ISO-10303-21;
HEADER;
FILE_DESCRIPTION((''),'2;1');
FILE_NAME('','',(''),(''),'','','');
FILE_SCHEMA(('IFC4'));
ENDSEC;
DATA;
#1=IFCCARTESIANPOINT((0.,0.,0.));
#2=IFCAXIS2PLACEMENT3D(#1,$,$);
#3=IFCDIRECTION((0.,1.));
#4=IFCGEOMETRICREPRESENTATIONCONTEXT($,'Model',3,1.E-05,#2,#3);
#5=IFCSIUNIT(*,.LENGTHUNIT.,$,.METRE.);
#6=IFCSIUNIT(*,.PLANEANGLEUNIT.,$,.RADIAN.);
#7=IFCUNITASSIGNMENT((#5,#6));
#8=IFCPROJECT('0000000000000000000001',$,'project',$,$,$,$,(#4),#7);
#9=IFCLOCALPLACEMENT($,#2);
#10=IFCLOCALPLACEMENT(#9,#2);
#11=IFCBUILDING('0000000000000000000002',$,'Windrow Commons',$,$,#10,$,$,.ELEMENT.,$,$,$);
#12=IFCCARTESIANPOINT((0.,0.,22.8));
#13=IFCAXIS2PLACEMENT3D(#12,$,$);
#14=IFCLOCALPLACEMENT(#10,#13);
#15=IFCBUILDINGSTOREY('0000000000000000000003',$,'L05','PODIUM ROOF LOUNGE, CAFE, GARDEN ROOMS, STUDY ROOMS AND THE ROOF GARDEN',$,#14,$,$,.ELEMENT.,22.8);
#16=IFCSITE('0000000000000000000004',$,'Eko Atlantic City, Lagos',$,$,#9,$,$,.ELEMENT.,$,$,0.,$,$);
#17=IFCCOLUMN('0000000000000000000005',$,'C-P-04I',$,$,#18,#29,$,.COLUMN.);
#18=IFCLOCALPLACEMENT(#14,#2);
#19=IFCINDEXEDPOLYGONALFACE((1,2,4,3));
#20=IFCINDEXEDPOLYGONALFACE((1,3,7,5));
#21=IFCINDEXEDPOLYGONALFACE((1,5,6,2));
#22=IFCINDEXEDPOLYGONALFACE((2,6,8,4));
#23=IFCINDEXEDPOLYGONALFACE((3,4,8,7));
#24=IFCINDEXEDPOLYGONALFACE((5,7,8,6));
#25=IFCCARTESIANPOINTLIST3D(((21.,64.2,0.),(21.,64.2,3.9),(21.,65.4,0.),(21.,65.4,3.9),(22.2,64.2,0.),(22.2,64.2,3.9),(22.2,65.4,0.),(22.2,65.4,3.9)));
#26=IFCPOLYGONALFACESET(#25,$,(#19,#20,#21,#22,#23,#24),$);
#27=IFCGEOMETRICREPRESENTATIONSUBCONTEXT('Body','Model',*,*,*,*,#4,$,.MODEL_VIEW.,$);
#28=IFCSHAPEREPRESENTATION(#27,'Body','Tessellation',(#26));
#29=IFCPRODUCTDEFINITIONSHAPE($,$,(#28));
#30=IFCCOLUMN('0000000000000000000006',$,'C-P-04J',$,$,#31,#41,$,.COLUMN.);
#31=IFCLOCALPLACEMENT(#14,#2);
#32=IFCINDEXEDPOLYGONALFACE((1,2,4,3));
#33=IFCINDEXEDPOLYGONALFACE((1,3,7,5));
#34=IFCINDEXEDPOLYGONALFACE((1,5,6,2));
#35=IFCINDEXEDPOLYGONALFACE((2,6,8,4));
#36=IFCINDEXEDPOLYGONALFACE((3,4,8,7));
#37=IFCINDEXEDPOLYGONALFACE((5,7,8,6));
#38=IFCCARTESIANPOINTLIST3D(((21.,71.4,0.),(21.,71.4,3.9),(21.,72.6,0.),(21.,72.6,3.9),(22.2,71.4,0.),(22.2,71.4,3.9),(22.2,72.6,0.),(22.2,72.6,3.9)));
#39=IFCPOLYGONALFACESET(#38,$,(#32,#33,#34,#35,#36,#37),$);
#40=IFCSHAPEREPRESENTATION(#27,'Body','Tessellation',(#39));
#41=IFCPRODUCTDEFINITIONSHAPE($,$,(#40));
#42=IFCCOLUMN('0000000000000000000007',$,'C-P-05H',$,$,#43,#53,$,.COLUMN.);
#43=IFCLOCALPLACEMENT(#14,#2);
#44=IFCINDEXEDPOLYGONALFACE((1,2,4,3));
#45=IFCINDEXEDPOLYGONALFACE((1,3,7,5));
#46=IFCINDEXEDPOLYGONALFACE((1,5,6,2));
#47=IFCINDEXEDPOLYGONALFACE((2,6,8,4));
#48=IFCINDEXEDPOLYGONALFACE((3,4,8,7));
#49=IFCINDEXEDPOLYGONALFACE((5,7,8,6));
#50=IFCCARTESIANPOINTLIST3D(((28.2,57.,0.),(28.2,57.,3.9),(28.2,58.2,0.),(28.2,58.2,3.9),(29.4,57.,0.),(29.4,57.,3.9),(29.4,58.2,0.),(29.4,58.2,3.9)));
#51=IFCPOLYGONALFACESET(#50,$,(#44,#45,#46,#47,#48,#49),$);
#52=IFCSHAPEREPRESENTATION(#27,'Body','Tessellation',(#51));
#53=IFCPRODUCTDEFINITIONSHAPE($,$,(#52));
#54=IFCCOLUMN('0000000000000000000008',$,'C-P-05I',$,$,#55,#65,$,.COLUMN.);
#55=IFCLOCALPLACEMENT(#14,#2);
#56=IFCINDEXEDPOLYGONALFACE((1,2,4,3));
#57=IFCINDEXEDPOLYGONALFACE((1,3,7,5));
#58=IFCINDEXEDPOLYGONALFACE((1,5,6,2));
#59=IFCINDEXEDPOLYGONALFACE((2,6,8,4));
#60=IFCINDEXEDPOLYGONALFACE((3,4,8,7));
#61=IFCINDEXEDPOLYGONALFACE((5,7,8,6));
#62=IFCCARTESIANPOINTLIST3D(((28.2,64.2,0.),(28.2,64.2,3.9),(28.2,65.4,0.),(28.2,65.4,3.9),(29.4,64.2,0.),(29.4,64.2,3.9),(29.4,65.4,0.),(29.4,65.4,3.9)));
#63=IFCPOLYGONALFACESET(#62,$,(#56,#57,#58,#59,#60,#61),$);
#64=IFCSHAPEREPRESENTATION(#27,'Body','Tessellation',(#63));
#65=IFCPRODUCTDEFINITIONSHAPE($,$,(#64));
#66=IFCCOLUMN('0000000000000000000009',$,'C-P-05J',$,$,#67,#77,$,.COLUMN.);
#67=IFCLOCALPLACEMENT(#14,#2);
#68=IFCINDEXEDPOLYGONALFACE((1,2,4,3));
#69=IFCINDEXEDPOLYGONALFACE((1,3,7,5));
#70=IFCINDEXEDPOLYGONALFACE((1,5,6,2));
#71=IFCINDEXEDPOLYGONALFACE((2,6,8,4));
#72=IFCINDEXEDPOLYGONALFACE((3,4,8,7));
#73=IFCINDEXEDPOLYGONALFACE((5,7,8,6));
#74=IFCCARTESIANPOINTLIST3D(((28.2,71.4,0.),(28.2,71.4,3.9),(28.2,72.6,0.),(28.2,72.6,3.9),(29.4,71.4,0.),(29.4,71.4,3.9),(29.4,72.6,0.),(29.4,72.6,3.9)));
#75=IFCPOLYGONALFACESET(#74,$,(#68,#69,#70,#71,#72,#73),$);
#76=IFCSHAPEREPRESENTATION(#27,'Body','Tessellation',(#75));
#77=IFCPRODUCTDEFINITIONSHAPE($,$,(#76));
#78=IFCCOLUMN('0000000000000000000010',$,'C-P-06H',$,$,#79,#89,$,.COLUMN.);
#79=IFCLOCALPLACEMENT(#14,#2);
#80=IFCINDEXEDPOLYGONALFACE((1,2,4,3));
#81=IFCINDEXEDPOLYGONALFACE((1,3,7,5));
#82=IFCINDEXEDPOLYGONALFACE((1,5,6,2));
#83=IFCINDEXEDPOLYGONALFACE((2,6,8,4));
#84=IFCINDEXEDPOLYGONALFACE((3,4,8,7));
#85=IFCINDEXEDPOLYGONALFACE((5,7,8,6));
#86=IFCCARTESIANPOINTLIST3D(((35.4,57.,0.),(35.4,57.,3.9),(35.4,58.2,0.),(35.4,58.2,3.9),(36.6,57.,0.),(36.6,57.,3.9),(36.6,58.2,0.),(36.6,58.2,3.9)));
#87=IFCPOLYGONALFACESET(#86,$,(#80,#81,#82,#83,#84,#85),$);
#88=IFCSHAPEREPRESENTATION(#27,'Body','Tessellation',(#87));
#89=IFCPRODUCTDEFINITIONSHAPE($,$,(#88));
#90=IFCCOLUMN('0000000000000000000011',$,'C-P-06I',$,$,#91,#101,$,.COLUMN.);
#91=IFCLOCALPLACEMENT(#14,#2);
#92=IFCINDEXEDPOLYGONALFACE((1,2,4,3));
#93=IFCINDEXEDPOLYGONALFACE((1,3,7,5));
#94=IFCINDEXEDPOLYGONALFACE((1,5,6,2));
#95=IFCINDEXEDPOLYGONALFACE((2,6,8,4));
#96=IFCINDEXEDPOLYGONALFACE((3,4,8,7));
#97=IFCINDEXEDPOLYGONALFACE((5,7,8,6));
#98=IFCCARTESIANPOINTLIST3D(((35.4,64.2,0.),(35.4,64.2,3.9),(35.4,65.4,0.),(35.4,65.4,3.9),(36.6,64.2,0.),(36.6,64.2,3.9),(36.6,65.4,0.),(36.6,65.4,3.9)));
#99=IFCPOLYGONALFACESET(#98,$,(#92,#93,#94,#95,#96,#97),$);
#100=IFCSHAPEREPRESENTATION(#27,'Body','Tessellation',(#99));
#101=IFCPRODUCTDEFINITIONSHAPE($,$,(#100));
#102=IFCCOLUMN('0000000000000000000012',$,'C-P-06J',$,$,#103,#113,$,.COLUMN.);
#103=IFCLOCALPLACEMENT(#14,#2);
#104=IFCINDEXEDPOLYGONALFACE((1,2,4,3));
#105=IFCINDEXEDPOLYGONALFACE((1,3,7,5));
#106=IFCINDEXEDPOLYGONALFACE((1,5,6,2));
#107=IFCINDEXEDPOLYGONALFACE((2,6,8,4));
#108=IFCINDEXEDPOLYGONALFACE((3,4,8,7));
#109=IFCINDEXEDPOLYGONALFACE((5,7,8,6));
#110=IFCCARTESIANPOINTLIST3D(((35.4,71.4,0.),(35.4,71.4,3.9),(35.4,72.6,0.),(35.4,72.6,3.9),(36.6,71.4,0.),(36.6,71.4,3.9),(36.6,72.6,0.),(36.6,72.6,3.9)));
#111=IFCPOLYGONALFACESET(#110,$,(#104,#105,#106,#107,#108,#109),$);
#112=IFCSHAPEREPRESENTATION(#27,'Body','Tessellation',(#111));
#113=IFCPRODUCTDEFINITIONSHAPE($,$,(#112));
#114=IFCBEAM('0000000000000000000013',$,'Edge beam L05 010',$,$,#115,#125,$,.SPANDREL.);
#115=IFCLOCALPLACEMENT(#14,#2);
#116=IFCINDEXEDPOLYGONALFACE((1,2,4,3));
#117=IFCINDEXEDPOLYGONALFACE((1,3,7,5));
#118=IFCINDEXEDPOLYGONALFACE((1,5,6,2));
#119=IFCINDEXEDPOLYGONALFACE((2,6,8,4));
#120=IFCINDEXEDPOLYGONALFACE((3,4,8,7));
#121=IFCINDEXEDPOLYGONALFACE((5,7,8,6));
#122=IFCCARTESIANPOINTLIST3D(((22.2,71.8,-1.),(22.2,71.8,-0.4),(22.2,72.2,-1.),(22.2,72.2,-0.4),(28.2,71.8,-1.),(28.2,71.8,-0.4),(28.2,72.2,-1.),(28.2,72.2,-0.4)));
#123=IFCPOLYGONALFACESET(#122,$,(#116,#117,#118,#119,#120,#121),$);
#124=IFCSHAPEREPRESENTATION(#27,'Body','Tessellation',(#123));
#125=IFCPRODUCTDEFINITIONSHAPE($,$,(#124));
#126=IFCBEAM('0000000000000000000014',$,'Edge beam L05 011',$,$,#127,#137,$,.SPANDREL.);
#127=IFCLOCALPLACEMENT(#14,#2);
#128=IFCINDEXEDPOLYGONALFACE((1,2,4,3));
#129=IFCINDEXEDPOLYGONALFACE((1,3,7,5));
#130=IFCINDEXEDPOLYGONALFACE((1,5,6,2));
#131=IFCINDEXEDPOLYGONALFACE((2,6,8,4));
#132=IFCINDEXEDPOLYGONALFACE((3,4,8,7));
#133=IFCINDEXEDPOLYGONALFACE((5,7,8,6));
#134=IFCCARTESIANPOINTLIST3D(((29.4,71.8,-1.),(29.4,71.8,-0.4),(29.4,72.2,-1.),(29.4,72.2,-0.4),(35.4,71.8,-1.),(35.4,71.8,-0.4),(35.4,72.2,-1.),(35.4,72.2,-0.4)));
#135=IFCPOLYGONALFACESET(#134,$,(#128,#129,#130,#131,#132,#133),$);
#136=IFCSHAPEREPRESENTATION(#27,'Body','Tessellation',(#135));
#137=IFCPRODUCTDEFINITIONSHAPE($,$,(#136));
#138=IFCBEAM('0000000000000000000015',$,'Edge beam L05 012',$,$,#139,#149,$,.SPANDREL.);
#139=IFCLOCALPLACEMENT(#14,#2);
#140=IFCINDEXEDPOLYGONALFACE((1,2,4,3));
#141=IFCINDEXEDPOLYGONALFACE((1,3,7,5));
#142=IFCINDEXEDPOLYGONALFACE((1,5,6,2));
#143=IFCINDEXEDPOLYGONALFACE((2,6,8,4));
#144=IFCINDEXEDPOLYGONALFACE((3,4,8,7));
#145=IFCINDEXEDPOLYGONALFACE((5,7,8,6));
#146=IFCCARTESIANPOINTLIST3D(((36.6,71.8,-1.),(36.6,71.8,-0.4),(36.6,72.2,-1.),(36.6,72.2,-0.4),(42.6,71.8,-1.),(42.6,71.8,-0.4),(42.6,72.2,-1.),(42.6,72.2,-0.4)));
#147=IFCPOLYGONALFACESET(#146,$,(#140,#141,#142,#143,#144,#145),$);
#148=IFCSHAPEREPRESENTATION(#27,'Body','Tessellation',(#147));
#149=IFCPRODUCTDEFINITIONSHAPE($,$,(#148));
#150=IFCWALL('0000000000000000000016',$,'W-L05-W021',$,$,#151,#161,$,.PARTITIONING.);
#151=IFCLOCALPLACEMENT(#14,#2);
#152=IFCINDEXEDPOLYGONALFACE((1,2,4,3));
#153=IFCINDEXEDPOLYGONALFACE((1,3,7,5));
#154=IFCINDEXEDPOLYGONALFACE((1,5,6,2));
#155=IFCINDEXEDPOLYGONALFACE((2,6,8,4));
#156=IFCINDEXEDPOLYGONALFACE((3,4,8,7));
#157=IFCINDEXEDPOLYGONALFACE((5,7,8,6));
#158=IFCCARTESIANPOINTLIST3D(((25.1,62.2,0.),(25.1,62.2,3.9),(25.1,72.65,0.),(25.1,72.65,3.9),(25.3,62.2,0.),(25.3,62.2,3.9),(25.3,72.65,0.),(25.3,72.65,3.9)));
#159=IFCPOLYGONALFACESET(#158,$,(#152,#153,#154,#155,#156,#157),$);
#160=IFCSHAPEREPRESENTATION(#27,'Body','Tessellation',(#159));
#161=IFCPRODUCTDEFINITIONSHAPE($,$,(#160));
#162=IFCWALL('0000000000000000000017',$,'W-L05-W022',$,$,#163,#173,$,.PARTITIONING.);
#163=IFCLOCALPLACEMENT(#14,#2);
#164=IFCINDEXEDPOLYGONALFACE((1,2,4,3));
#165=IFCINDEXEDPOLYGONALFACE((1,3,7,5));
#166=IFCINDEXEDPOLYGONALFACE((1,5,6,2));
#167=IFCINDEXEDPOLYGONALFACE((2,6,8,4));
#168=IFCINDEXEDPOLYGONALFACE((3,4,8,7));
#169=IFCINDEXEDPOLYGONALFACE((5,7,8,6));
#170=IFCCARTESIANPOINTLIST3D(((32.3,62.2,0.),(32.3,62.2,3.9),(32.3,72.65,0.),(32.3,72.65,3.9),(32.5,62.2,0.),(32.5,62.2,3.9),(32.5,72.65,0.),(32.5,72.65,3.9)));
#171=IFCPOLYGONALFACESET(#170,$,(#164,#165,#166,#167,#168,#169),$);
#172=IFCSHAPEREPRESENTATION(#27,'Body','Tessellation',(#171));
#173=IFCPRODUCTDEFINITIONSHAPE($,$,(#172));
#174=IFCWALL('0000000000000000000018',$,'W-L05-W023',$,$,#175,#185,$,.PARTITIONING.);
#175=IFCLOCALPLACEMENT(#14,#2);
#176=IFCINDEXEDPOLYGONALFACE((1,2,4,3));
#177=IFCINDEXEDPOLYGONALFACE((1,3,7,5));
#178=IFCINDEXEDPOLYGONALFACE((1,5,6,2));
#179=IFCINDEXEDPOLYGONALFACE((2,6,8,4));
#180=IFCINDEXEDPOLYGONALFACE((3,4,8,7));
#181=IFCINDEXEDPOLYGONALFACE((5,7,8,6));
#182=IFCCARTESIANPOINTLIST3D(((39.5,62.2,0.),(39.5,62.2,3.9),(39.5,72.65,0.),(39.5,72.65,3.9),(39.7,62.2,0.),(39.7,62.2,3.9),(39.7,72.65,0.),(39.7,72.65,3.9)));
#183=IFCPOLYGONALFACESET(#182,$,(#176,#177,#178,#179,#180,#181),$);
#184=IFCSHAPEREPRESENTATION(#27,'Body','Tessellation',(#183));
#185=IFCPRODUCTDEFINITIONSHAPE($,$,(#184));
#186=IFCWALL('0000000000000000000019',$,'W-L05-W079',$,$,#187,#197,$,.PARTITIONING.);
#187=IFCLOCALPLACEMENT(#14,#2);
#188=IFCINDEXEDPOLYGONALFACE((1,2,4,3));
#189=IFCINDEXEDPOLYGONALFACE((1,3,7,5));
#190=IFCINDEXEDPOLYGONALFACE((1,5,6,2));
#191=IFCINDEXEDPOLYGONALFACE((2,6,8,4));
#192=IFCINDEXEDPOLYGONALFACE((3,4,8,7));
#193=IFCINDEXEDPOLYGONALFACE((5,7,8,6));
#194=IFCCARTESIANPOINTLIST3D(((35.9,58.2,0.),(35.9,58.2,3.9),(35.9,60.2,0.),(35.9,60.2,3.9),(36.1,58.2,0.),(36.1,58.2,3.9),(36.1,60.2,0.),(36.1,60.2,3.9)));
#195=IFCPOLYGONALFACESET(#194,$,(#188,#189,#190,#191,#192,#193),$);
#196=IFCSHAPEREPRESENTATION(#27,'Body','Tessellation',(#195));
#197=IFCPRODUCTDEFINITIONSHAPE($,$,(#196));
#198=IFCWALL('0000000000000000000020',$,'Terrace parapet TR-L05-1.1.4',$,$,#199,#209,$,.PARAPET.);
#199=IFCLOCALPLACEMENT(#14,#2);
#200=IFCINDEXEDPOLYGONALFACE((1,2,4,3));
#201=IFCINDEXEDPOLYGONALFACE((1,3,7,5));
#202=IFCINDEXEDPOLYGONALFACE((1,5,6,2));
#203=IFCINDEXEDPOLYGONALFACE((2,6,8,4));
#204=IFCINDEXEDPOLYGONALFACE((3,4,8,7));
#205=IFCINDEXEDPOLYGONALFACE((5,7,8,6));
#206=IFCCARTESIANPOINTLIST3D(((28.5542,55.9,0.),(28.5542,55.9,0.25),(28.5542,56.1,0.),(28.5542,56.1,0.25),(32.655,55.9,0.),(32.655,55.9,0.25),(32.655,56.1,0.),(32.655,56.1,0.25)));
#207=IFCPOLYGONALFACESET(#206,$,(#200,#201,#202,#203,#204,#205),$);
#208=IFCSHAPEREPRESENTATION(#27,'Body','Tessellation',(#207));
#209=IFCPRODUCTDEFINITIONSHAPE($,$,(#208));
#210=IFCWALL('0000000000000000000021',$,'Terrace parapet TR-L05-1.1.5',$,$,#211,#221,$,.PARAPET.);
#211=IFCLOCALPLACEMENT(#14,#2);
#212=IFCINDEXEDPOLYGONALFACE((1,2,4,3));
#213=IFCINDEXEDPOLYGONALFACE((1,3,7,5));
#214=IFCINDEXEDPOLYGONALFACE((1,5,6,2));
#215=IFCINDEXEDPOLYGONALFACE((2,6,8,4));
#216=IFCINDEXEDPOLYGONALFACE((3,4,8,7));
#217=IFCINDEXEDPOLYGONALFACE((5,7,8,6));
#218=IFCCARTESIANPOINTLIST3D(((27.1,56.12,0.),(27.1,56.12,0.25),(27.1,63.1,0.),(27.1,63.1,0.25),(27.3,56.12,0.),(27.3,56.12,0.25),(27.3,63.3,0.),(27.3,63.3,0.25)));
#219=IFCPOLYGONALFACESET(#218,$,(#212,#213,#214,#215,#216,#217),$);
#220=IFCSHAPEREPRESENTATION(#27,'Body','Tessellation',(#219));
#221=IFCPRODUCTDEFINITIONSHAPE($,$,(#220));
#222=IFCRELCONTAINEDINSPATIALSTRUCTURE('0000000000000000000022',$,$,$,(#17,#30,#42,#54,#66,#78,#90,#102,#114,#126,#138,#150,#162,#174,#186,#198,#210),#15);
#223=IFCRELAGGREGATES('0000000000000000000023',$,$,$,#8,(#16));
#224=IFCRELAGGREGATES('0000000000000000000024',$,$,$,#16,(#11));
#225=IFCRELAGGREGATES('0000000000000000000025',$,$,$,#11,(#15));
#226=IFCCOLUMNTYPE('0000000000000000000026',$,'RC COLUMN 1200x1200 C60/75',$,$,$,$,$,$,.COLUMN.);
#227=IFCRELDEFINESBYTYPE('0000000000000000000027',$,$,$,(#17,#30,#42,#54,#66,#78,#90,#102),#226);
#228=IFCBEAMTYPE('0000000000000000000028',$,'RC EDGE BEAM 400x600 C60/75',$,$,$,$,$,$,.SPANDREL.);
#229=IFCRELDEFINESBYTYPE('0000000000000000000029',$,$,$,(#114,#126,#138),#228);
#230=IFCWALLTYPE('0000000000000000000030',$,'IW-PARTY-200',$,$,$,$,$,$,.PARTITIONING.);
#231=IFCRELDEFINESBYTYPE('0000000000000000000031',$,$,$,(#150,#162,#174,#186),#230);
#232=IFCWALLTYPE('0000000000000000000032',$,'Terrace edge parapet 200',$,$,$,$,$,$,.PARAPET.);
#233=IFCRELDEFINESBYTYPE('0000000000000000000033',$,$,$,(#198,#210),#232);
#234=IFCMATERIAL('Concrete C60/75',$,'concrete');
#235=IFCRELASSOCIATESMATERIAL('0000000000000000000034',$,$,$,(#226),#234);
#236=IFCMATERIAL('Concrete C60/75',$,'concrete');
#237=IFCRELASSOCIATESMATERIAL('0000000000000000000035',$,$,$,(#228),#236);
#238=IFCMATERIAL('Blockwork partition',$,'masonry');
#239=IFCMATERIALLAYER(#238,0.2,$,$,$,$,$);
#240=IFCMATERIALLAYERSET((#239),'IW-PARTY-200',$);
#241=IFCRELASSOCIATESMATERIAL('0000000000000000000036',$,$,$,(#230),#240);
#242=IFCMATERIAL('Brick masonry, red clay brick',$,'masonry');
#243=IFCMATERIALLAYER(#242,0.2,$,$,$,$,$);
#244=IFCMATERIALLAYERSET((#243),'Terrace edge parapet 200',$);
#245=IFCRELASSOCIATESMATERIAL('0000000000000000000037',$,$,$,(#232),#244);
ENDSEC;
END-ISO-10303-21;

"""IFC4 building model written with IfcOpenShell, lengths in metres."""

from ifc_helpers import new_model, si_unit, direction, frame, frame_2d, origin, origin_2d, place, context, subcontext, project, spatial, polyline, rectangle, outline, extrude, material, layer, layer_set, material_profile, profile_set, type_object, element, save


model = new_model("IFC4")

# Units and contexts
model_context = context("Model", 3, precision=1e-05, world=origin(), true_north=direction((0.0, 1.0)))
body_context = subcontext(model_context, "Body", "Model", "MODEL_VIEW")
ifc_project = project(units=[si_unit("LENGTHUNIT", "METRE"), si_unit("PLANEANGLEUNIT", "RADIAN")], contexts=[model_context])

# Site, building, storey
site_placement = place(None, origin())
site = spatial("IfcSite", under=ifc_project, at=site_placement, Name="Eko Atlantic City, Lagos", CompositionType="ELEMENT", RefElevation=0.0)
building_placement = place(site_placement, origin())
building = spatial("IfcBuilding", under=site, at=building_placement, Name="Windrow Commons", CompositionType="ELEMENT")
storey_placement = place(building_placement, frame((0.0, 0.0, 22.8)))
storey = spatial("IfcBuildingStorey", under=building, at=storey_placement, Name="L05", Description="PODIUM ROOF LOUNGE, CAFE, GARDEN ROOMS, STUDY ROOMS AND THE ROOF GARDEN", CompositionType="ELEMENT", Elevation=22.8)

# Columns
ifc_material_1 = material(Name="Concrete C60/75", Category="concrete")
ifc_material_profile_1 = material_profile(ifc_material_1, rectangle(XDim=1.2, YDim=1.2, at=origin_2d()))
ifc_profile_set_1 = profile_set([ifc_material_profile_1], Name="Concrete C60/75")
column_type = type_object("IfcColumnType", Name="RC COLUMN 1200x1200 C60/75", PredefinedType="COLUMN", material=ifc_profile_set_1)
for number, where, z_axis, x_axis, name in (
    (1, (21.6, 64.8, 0.0), (0.0, 0.0, 1.0), (1.0, 0.0, 0.0), "C-P-04I"),
    (2, (21.6, 72.0, 0.0), (0.0, 0.0, 1.0), (1.0, 0.0, 0.0), "C-P-04J"),
    (3, (28.8, 57.6, 0.0), (0.0, 0.0, 1.0), (1.0, 0.0, 0.0), "C-P-05H"),
    (4, (28.8, 64.8, 0.0), (0.0, 0.0, 1.0), (1.0, 0.0, 0.0), "C-P-05I"),
    (5, (28.8, 72.0, 0.0), (0.0, 0.0, 1.0), (1.0, 0.0, 0.0), "C-P-05J"),
    (6, (36.0, 57.6, 0.0), (0.0, 0.0, 1.0), (1.0, 0.0, 0.0), "C-P-06H"),
    (7, (36.0, 64.8, 0.0), (0.0, 0.0, 1.0), (1.0, 0.0, 0.0), "C-P-06I"),
    (8, (36.0, 72.0, 0.0), (0.0, 0.0, 1.0), (1.0, 0.0, 0.0), "C-P-06J"),
):
    element("IfcColumn", number, at=place(storey_placement, frame(where, z_axis=z_axis, x_axis=x_axis)), inside=storey, type_object=column_type, Name=name, PredefinedType="COLUMN", context=body_context, shape_type="SweptSolid", body=[
        extrude(rectangle(XDim=1.2, YDim=1.2, at=origin_2d()), origin(), (0.0, 0.0, 1.0), 3.9),
    ])

# Beams
ifc_material_2 = material(Name="Concrete C60/75", Category="concrete")
ifc_material_profile_2 = material_profile(ifc_material_2, rectangle(XDim=0.4, YDim=0.6, at=origin_2d()))
ifc_profile_set_2 = profile_set([ifc_material_profile_2], Name="Concrete C60/75")
beam_type = type_object("IfcBeamType", Name="RC EDGE BEAM 400x600 C60/75", PredefinedType="SPANDREL", material=ifc_profile_set_2)
for number, where, z_axis, x_axis, name in (
    (9, (22.2, 72.0, -0.7), (1.0, 0.0, 0.0), (0.0, 1.0, 0.0), "Edge beam L05 010"),
    (10, (29.4, 72.0, -0.7), (1.0, 0.0, 0.0), (0.0, 1.0, 0.0), "Edge beam L05 011"),
    (11, (36.6, 72.0, -0.7), (1.0, 0.0, 0.0), (0.0, 1.0, 0.0), "Edge beam L05 012"),
):
    element("IfcBeam", number, at=place(storey_placement, frame(where, z_axis=z_axis, x_axis=x_axis)), inside=storey, type_object=beam_type, Name=name, PredefinedType="SPANDREL", context=body_context, shape_type="SweptSolid", body=[
        extrude(rectangle(XDim=0.4, YDim=0.6, at=origin_2d()), origin(), (0.0, 0.0, 1.0), 6.0),
    ])

# Walls
ifc_material_3 = material(Name="Blockwork partition", Category="masonry")
ifc_layer_1 = layer(ifc_material_3, 0.2)
ifc_layer_set_1 = layer_set([ifc_layer_1], Name="IW-PARTY-200")
wall_type_1 = type_object("IfcWallType", Name="IW-PARTY-200", PredefinedType="PARTITIONING", material=ifc_layer_set_1)
for number, where, z_axis, x_axis, name in (
    (12, (25.2, 62.2, 0.0), (0.0, 0.0, 1.0), (0.0, 1.0, 0.0), "W-L05-W021"),
    (13, (32.4, 62.2, 0.0), (0.0, 0.0, 1.0), (0.0, 1.0, 0.0), "W-L05-W022"),
    (14, (39.6, 62.2, 0.0), (0.0, 0.0, 1.0), (0.0, 1.0, 0.0), "W-L05-W023"),
):
    element("IfcWall", number, at=place(storey_placement, frame(where, z_axis=z_axis, x_axis=x_axis)), inside=storey, type_object=wall_type_1, Name=name, PredefinedType="PARTITIONING", context=body_context, shape_type="SweptSolid", body=[
        extrude(rectangle(XDim=10.45, YDim=0.2, at=frame_2d((5.225, 0.0))), origin(), (0.0, 0.0, 1.0), 3.9),
    ])
wall_1_placement = place(storey_placement, frame((36.0, 58.2, 0.0), z_axis=(0.0, 0.0, 1.0), x_axis=(0.0, 1.0, 0.0)))
element("IfcWall", 15, at=wall_1_placement, inside=storey, type_object=wall_type_1, Name="W-L05-W079", PredefinedType="PARTITIONING", context=body_context, shape_type="SweptSolid", body=[
    extrude(rectangle(XDim=2.0, YDim=0.2, at=frame_2d((1.0, 0.0))), origin(), (0.0, 0.0, 1.0), 3.9),
])
ifc_material_4 = material(Name="Brick masonry, red clay brick", Category="masonry")
ifc_layer_2 = layer(ifc_material_4, 0.2)
ifc_layer_set_2 = layer_set([ifc_layer_2], Name="Terrace edge parapet 200")
wall_type_2 = type_object("IfcWallType", Name="Terrace edge parapet 200", PredefinedType="PARAPET", material=ifc_layer_set_2)
wall_2_placement = place(storey_placement, frame((32.655, 56.0, 0.0), z_axis=(0.0, 0.0, 1.0), x_axis=(-1.0, 0.0, 0.0)))
element("IfcWall", 16, at=wall_2_placement, inside=storey, type_object=wall_type_2, Name="Terrace parapet TR-L05-1.1.4", PredefinedType="PARAPET", context=body_context, shape_type="SweptSolid", body=[
    extrude(outline(polyline([(0.0, -0.1), (4.1008, -0.1), (4.1008, 0.1), (0.0, 0.1), (0.0, -0.1)])), origin(), (0.0, 0.0, 1.0), 0.25),
])
wall_3_placement = place(storey_placement, frame((27.2, 56.12, 0.0), z_axis=(0.0, 0.0, 1.0), x_axis=(0.0, 1.0, 0.0)))
element("IfcWall", 17, at=wall_3_placement, inside=storey, type_object=wall_type_2, Name="Terrace parapet TR-L05-1.1.5", PredefinedType="PARAPET", context=body_context, shape_type="SweptSolid", body=[
    extrude(outline(polyline([(0.0, -0.1), (7.18, -0.1), (6.98, 0.1), (0.0, 0.1), (0.0, -0.1)])), origin(), (0.0, 0.0, 1.0), 0.25),
])

save(model, "model.ifc")
